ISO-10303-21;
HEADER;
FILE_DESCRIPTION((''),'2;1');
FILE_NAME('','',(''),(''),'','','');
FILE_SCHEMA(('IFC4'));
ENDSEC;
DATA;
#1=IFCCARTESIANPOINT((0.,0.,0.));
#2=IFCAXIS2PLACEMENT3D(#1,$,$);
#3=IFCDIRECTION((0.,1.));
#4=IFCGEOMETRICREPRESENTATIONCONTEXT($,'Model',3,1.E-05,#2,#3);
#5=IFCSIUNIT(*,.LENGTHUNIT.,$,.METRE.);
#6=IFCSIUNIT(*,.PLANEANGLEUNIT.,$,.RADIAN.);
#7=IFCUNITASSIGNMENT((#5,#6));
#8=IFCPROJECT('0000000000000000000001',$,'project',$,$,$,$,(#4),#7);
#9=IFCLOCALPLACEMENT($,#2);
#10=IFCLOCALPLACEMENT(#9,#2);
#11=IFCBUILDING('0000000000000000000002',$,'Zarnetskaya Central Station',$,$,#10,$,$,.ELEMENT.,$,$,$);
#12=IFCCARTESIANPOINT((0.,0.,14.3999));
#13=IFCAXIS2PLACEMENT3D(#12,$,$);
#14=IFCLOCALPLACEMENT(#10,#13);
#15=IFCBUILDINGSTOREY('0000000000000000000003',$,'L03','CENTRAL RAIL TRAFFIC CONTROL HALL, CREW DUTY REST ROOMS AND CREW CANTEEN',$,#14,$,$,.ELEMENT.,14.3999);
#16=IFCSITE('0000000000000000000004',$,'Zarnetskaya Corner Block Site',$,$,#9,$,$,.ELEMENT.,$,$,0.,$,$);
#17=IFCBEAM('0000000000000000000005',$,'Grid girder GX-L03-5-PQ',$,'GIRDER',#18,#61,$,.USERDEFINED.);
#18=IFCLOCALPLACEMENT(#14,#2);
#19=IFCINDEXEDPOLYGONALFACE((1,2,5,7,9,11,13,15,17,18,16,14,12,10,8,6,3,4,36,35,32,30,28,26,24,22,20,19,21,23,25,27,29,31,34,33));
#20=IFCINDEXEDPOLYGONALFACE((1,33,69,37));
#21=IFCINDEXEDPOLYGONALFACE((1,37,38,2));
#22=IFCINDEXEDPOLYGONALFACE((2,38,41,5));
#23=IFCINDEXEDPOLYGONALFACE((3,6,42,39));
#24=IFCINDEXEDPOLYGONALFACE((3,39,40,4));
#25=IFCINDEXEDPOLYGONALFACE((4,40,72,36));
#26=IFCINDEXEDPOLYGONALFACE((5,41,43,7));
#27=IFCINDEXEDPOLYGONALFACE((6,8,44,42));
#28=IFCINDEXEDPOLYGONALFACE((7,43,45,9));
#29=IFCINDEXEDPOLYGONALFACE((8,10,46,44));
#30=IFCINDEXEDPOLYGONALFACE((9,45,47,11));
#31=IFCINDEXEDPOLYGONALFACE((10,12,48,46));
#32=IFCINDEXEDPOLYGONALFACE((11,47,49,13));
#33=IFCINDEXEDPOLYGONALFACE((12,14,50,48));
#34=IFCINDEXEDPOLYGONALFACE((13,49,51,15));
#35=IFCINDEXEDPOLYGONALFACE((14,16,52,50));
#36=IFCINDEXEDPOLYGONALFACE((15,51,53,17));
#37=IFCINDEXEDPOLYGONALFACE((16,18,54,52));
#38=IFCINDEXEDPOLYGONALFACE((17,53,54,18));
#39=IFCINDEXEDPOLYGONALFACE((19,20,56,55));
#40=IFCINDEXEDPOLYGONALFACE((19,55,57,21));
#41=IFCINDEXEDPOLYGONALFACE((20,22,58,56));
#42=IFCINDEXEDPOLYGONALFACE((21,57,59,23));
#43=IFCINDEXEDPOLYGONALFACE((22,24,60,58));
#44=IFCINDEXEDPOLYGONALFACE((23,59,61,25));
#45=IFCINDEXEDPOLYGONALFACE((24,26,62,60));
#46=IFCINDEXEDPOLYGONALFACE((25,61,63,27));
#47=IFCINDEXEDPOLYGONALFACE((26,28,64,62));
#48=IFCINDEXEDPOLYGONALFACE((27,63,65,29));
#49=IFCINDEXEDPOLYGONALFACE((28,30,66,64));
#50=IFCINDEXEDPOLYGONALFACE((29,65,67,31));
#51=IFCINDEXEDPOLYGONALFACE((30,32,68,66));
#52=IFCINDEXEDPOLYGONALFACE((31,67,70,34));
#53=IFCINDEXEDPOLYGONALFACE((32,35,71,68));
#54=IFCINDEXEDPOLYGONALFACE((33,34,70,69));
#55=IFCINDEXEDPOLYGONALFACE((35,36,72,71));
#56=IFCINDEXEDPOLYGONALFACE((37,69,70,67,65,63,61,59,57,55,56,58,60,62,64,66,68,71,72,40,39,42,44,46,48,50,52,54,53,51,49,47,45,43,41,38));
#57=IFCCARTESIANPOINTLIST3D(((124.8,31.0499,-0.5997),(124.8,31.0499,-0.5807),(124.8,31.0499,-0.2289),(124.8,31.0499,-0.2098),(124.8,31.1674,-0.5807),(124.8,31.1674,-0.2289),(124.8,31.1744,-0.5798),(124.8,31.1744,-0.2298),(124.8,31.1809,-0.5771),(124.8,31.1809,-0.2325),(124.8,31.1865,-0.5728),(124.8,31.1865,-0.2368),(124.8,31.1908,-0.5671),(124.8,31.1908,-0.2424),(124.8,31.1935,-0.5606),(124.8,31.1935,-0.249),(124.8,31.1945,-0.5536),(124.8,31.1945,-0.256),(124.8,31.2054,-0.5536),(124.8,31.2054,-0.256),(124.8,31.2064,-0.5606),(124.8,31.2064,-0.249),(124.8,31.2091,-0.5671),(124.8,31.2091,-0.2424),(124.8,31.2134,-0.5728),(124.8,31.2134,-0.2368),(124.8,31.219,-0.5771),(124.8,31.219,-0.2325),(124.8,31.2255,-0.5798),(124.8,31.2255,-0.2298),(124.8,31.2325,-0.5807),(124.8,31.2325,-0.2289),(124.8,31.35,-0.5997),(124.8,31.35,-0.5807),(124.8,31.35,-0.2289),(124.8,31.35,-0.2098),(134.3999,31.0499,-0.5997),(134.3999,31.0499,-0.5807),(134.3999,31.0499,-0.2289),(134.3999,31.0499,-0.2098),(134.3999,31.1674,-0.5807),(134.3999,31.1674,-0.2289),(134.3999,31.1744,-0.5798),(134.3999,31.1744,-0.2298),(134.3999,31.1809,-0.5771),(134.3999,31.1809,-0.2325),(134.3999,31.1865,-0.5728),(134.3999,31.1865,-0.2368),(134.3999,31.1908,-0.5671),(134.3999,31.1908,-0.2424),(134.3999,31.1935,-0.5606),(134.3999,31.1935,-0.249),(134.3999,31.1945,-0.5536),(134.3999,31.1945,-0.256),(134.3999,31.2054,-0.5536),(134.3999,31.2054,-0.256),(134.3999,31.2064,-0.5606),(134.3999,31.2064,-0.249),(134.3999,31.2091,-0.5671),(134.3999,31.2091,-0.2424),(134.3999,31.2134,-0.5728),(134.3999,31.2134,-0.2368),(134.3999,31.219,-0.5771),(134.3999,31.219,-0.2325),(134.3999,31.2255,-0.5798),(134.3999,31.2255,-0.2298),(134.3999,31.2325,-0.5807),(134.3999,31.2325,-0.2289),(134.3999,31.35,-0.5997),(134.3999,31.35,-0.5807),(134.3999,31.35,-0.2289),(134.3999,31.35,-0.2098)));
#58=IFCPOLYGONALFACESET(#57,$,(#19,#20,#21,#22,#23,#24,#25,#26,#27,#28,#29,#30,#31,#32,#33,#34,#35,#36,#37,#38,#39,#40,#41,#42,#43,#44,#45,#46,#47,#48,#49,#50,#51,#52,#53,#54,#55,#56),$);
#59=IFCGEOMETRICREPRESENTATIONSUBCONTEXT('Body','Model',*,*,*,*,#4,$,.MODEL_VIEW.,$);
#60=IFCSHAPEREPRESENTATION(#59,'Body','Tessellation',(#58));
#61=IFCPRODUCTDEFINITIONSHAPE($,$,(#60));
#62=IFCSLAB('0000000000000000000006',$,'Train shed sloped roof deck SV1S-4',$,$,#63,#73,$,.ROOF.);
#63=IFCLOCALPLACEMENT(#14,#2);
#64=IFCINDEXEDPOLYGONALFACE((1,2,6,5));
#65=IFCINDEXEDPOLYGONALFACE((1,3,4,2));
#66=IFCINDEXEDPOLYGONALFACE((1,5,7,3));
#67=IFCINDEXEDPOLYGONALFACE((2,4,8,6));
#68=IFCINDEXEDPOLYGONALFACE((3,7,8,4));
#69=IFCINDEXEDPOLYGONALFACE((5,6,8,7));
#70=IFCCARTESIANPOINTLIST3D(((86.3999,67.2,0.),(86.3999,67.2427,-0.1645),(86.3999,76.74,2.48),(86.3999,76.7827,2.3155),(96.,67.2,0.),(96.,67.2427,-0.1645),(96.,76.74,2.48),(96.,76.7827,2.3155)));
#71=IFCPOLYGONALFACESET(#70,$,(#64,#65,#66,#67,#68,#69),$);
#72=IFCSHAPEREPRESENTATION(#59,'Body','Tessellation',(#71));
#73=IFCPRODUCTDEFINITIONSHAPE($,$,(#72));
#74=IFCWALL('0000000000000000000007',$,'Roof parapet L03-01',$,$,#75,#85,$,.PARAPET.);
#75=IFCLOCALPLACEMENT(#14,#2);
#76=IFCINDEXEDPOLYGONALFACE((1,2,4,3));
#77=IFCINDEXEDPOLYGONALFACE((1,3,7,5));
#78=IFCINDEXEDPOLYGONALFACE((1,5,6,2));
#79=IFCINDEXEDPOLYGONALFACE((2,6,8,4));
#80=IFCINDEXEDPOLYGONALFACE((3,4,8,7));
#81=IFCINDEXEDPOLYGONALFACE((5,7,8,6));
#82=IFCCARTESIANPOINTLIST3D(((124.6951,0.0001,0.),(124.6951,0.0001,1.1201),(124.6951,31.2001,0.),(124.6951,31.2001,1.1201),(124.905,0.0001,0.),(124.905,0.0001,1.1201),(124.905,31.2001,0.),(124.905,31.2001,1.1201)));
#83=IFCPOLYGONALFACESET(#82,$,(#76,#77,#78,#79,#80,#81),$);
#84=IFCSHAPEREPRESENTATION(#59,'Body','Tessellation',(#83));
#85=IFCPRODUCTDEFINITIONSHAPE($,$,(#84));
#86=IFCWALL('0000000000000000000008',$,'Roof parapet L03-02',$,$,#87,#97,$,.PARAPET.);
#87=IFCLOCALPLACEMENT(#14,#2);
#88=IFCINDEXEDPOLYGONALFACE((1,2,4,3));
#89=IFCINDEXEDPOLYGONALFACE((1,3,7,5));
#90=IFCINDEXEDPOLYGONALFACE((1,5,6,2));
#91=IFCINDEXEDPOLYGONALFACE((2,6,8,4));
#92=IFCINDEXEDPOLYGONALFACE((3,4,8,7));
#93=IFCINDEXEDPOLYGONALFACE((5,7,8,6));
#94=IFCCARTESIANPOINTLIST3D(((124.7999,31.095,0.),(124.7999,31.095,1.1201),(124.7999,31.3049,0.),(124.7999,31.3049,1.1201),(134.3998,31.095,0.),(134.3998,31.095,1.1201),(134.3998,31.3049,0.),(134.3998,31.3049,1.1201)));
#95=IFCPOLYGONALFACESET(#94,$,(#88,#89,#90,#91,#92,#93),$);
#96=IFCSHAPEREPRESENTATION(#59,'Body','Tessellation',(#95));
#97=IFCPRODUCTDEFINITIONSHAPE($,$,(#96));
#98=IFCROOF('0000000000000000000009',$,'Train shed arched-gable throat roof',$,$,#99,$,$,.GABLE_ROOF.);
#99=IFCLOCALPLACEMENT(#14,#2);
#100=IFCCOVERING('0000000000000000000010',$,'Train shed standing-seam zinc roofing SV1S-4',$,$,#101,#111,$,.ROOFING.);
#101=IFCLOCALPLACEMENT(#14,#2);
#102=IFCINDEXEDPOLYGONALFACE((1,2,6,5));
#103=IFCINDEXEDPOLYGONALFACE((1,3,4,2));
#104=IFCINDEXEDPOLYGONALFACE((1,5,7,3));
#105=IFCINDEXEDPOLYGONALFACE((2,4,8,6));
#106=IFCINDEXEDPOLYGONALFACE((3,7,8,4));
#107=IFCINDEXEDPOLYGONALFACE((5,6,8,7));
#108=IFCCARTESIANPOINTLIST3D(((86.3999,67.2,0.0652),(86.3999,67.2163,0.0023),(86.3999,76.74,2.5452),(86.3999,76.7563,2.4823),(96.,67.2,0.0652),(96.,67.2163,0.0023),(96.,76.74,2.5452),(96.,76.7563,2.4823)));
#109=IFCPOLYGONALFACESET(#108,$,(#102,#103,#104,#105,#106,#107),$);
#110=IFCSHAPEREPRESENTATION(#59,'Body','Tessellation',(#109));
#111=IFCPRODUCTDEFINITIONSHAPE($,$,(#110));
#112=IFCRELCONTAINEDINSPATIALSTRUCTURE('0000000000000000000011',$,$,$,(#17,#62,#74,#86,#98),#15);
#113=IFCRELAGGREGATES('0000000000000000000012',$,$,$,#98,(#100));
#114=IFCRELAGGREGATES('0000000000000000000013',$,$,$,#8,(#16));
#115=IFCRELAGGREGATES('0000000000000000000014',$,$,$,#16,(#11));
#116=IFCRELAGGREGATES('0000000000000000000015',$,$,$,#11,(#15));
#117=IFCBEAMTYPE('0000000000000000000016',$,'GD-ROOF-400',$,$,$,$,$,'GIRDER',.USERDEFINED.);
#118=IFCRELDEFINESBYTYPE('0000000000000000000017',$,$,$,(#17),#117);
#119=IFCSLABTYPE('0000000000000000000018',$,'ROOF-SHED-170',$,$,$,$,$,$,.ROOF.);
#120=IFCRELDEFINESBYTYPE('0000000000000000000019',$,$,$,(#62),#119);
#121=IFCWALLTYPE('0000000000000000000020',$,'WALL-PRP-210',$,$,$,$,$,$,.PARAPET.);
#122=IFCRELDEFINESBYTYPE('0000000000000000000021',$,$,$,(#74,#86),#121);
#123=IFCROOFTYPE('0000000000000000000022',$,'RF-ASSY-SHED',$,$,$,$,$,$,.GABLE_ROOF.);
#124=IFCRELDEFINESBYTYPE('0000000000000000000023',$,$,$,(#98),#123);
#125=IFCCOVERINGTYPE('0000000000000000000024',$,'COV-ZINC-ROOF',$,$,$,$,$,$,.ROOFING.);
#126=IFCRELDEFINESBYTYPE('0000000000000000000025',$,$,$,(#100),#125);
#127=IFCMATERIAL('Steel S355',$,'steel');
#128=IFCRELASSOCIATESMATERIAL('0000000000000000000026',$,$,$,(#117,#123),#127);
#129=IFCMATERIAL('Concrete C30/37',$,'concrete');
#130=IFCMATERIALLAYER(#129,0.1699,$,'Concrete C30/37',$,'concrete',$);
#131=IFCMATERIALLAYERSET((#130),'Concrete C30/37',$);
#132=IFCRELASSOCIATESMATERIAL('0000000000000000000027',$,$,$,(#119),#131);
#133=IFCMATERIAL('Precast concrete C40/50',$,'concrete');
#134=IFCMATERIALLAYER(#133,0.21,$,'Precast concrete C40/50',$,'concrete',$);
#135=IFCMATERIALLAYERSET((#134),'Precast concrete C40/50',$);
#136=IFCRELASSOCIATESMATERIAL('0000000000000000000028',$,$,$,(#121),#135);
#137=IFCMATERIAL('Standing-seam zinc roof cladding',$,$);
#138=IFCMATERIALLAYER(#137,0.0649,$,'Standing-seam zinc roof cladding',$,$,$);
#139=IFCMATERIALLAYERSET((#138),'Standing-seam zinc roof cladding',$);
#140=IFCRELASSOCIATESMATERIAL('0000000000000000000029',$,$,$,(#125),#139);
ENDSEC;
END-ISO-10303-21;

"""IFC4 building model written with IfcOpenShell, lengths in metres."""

from ifc_helpers import new_model, si_unit, direction, frame, frame_2d, origin, origin_2d, place, context, subcontext, project, spatial, polyline, rectangle, i_section, outline, extrude, material, layer, layer_set, material_profile, profile_set, type_object, element, aggregate, save


model = new_model("IFC4")

# Units and contexts
model_context = context("Model", 3, precision=1e-05, world=origin(), true_north=direction((0.0, 1.0)))
body_context = subcontext(model_context, "Body", "Model", "MODEL_VIEW")
ifc_project = project(units=[si_unit("LENGTHUNIT", "METRE"), si_unit("PLANEANGLEUNIT", "RADIAN")], contexts=[model_context])

# Site, building, storey
site_placement = place(None, origin())
site = spatial("IfcSite", under=ifc_project, at=site_placement, Name="Zarnetskaya Corner Block Site", CompositionType="ELEMENT", RefElevation=0.0)
building_placement = place(site_placement, origin())
building = spatial("IfcBuilding", under=site, at=building_placement, Name="Zarnetskaya Central Station", CompositionType="ELEMENT")
storey_placement = place(building_placement, frame((0.0, 0.0, 14.3999)))
storey = spatial("IfcBuildingStorey", under=building, at=storey_placement, Name="L03", Description="CENTRAL RAIL TRAFFIC CONTROL HALL, CREW DUTY REST ROOMS AND CREW CANTEEN", CompositionType="ELEMENT", Elevation=14.3999)

# Beam
ifc_material_1 = material(Name="Steel S355", Category="steel")
ifc_material_profile_1 = material_profile(ifc_material_1, i_section(OverallWidth=0.3, OverallDepth=0.3899, WebThickness=0.011, FlangeThickness=0.019, FilletRadius=0.0271, at=origin_2d()), Name="HEA 400")
ifc_profile_set_1 = profile_set([ifc_material_profile_1], Name="Steel S355")
beam_type_1 = type_object("IfcBeamType", Name="GD-ROOF-400", ElementType="GIRDER", PredefinedType="USERDEFINED", material=ifc_profile_set_1)
for number, where, z_axis, x_axis, name in (
    (1, (124.8, 31.2, -0.4048), (1.0, 0.0, 0.0), (0.0, 1.0, 0.0), "Grid girder GX-L03-5-PQ"),
):
    element("IfcBeam", number, at=place(storey_placement, frame(where, z_axis=z_axis, x_axis=x_axis)), inside=storey, type_object=beam_type_1, Name=name, ObjectType="GIRDER", PredefinedType="USERDEFINED", context=body_context, shape_type="SweptSolid", body=[
        extrude(i_section(OverallWidth=0.3, OverallDepth=0.3899, WebThickness=0.011, FlangeThickness=0.019, FilletRadius=0.0271, at=origin_2d()), origin(), (0.0, 0.0, 1.0), 9.5999),
    ])

# Slab
ifc_material_2 = material(Name="Concrete C30/37", Category="concrete")
ifc_layer_1 = layer(ifc_material_2, 0.1699, Name="Concrete C30/37", Category="concrete")
ifc_layer_set_1 = layer_set([ifc_layer_1], Name="Concrete C30/37")
slab_type = type_object("IfcSlabType", Name="ROOF-SHED-170", PredefinedType="ROOF", material=ifc_layer_set_1)
slab_placement = place(storey_placement, frame((86.3999, 67.2, 0.0), z_axis=(0.0, -0.251593, 0.967833), x_axis=(1.0, 0.0, 0.0)))
element("IfcSlab", 2, at=slab_placement, inside=storey, type_object=slab_type, Name="Train shed sloped roof deck SV1S-4", PredefinedType="ROOF", context=body_context, shape_type="SweptSolid", body=[
    extrude(outline(polyline([(0.0, 0.0), (9.6001, 0.0), (9.6001, 9.8571), (0.0, 9.8571), (0.0, 0.0)])), origin(), (0.0, 0.0, -1.0), 0.1699),
])

# Walls
ifc_material_3 = material(Name="Precast concrete C40/50", Category="concrete")
ifc_layer_2 = layer(ifc_material_3, 0.21, Name="Precast concrete C40/50", Category="concrete")
ifc_layer_set_2 = layer_set([ifc_layer_2], Name="Precast concrete C40/50")
wall_type = type_object("IfcWallType", Name="WALL-PRP-210", PredefinedType="PARAPET", material=ifc_layer_set_2)
wall_1_placement = place(storey_placement, frame((124.8, 0.0, 0.0), z_axis=(0.0, 0.0, 1.0), x_axis=(0.0, 1.0, 0.0)))
element("IfcWall", 3, at=wall_1_placement, inside=storey, type_object=wall_type, Name="Roof parapet L03-01", PredefinedType="PARAPET", context=body_context, shape_type="SweptSolid", body=[
    extrude(rectangle(XDim=31.2, YDim=0.21, at=frame_2d((15.6001, 0.0))), origin(), (0.0, 0.0, 1.0), 1.1201),
])
wall_2_placement = place(storey_placement, frame((124.8, 31.2, 0.0), z_axis=(0.0, 0.0, 1.0), x_axis=(1.0, 0.0, 0.0)))
element("IfcWall", 4, at=wall_2_placement, inside=storey, type_object=wall_type, Name="Roof parapet L03-02", PredefinedType="PARAPET", context=body_context, shape_type="SweptSolid", body=[
    extrude(rectangle(XDim=9.5999, YDim=0.21, at=frame_2d((4.7998, 0.0))), origin(), (0.0, 0.0, 1.0), 1.1201),
])

# Roof, covering
roof_type = type_object("IfcRoofType", Name="RF-ASSY-SHED", PredefinedType="GABLE_ROOF", material=ifc_material_1)
roof_placement = place(storey_placement, origin())
roof = element("IfcRoof", 5, at=roof_placement, inside=storey, type_object=roof_type, Name="Train shed arched-gable throat roof", PredefinedType="GABLE_ROOF")
ifc_material_4 = material(Name="Standing-seam zinc roof cladding")
ifc_layer_3 = layer(ifc_material_4, 0.0649, Name="Standing-seam zinc roof cladding")
ifc_layer_set_3 = layer_set([ifc_layer_3], Name="Standing-seam zinc roof cladding")
covering_type = type_object("IfcCoveringType", Name="COV-ZINC-ROOF", PredefinedType="ROOFING", material=ifc_layer_set_3)
covering_placement = place(storey_placement, frame((86.3999, 67.2, 0.0652), z_axis=(0.0, -0.251593, 0.967833), x_axis=(1.0, 0.0, 0.0)))
covering = element("IfcCovering", 6, at=covering_placement, type_object=covering_type, Name="Train shed standing-seam zinc roofing SV1S-4", PredefinedType="ROOFING", context=body_context, shape_type="SweptSolid", body=[
    extrude(outline(polyline([(0.0, 0.0), (9.6001, 0.0), (9.6001, 9.8571), (0.0, 9.8571), (0.0, 0.0)])), origin(), (0.0, 0.0, -1.0), 0.0649),
])
aggregate(roof, [covering])

save(model, "model.ifc")
